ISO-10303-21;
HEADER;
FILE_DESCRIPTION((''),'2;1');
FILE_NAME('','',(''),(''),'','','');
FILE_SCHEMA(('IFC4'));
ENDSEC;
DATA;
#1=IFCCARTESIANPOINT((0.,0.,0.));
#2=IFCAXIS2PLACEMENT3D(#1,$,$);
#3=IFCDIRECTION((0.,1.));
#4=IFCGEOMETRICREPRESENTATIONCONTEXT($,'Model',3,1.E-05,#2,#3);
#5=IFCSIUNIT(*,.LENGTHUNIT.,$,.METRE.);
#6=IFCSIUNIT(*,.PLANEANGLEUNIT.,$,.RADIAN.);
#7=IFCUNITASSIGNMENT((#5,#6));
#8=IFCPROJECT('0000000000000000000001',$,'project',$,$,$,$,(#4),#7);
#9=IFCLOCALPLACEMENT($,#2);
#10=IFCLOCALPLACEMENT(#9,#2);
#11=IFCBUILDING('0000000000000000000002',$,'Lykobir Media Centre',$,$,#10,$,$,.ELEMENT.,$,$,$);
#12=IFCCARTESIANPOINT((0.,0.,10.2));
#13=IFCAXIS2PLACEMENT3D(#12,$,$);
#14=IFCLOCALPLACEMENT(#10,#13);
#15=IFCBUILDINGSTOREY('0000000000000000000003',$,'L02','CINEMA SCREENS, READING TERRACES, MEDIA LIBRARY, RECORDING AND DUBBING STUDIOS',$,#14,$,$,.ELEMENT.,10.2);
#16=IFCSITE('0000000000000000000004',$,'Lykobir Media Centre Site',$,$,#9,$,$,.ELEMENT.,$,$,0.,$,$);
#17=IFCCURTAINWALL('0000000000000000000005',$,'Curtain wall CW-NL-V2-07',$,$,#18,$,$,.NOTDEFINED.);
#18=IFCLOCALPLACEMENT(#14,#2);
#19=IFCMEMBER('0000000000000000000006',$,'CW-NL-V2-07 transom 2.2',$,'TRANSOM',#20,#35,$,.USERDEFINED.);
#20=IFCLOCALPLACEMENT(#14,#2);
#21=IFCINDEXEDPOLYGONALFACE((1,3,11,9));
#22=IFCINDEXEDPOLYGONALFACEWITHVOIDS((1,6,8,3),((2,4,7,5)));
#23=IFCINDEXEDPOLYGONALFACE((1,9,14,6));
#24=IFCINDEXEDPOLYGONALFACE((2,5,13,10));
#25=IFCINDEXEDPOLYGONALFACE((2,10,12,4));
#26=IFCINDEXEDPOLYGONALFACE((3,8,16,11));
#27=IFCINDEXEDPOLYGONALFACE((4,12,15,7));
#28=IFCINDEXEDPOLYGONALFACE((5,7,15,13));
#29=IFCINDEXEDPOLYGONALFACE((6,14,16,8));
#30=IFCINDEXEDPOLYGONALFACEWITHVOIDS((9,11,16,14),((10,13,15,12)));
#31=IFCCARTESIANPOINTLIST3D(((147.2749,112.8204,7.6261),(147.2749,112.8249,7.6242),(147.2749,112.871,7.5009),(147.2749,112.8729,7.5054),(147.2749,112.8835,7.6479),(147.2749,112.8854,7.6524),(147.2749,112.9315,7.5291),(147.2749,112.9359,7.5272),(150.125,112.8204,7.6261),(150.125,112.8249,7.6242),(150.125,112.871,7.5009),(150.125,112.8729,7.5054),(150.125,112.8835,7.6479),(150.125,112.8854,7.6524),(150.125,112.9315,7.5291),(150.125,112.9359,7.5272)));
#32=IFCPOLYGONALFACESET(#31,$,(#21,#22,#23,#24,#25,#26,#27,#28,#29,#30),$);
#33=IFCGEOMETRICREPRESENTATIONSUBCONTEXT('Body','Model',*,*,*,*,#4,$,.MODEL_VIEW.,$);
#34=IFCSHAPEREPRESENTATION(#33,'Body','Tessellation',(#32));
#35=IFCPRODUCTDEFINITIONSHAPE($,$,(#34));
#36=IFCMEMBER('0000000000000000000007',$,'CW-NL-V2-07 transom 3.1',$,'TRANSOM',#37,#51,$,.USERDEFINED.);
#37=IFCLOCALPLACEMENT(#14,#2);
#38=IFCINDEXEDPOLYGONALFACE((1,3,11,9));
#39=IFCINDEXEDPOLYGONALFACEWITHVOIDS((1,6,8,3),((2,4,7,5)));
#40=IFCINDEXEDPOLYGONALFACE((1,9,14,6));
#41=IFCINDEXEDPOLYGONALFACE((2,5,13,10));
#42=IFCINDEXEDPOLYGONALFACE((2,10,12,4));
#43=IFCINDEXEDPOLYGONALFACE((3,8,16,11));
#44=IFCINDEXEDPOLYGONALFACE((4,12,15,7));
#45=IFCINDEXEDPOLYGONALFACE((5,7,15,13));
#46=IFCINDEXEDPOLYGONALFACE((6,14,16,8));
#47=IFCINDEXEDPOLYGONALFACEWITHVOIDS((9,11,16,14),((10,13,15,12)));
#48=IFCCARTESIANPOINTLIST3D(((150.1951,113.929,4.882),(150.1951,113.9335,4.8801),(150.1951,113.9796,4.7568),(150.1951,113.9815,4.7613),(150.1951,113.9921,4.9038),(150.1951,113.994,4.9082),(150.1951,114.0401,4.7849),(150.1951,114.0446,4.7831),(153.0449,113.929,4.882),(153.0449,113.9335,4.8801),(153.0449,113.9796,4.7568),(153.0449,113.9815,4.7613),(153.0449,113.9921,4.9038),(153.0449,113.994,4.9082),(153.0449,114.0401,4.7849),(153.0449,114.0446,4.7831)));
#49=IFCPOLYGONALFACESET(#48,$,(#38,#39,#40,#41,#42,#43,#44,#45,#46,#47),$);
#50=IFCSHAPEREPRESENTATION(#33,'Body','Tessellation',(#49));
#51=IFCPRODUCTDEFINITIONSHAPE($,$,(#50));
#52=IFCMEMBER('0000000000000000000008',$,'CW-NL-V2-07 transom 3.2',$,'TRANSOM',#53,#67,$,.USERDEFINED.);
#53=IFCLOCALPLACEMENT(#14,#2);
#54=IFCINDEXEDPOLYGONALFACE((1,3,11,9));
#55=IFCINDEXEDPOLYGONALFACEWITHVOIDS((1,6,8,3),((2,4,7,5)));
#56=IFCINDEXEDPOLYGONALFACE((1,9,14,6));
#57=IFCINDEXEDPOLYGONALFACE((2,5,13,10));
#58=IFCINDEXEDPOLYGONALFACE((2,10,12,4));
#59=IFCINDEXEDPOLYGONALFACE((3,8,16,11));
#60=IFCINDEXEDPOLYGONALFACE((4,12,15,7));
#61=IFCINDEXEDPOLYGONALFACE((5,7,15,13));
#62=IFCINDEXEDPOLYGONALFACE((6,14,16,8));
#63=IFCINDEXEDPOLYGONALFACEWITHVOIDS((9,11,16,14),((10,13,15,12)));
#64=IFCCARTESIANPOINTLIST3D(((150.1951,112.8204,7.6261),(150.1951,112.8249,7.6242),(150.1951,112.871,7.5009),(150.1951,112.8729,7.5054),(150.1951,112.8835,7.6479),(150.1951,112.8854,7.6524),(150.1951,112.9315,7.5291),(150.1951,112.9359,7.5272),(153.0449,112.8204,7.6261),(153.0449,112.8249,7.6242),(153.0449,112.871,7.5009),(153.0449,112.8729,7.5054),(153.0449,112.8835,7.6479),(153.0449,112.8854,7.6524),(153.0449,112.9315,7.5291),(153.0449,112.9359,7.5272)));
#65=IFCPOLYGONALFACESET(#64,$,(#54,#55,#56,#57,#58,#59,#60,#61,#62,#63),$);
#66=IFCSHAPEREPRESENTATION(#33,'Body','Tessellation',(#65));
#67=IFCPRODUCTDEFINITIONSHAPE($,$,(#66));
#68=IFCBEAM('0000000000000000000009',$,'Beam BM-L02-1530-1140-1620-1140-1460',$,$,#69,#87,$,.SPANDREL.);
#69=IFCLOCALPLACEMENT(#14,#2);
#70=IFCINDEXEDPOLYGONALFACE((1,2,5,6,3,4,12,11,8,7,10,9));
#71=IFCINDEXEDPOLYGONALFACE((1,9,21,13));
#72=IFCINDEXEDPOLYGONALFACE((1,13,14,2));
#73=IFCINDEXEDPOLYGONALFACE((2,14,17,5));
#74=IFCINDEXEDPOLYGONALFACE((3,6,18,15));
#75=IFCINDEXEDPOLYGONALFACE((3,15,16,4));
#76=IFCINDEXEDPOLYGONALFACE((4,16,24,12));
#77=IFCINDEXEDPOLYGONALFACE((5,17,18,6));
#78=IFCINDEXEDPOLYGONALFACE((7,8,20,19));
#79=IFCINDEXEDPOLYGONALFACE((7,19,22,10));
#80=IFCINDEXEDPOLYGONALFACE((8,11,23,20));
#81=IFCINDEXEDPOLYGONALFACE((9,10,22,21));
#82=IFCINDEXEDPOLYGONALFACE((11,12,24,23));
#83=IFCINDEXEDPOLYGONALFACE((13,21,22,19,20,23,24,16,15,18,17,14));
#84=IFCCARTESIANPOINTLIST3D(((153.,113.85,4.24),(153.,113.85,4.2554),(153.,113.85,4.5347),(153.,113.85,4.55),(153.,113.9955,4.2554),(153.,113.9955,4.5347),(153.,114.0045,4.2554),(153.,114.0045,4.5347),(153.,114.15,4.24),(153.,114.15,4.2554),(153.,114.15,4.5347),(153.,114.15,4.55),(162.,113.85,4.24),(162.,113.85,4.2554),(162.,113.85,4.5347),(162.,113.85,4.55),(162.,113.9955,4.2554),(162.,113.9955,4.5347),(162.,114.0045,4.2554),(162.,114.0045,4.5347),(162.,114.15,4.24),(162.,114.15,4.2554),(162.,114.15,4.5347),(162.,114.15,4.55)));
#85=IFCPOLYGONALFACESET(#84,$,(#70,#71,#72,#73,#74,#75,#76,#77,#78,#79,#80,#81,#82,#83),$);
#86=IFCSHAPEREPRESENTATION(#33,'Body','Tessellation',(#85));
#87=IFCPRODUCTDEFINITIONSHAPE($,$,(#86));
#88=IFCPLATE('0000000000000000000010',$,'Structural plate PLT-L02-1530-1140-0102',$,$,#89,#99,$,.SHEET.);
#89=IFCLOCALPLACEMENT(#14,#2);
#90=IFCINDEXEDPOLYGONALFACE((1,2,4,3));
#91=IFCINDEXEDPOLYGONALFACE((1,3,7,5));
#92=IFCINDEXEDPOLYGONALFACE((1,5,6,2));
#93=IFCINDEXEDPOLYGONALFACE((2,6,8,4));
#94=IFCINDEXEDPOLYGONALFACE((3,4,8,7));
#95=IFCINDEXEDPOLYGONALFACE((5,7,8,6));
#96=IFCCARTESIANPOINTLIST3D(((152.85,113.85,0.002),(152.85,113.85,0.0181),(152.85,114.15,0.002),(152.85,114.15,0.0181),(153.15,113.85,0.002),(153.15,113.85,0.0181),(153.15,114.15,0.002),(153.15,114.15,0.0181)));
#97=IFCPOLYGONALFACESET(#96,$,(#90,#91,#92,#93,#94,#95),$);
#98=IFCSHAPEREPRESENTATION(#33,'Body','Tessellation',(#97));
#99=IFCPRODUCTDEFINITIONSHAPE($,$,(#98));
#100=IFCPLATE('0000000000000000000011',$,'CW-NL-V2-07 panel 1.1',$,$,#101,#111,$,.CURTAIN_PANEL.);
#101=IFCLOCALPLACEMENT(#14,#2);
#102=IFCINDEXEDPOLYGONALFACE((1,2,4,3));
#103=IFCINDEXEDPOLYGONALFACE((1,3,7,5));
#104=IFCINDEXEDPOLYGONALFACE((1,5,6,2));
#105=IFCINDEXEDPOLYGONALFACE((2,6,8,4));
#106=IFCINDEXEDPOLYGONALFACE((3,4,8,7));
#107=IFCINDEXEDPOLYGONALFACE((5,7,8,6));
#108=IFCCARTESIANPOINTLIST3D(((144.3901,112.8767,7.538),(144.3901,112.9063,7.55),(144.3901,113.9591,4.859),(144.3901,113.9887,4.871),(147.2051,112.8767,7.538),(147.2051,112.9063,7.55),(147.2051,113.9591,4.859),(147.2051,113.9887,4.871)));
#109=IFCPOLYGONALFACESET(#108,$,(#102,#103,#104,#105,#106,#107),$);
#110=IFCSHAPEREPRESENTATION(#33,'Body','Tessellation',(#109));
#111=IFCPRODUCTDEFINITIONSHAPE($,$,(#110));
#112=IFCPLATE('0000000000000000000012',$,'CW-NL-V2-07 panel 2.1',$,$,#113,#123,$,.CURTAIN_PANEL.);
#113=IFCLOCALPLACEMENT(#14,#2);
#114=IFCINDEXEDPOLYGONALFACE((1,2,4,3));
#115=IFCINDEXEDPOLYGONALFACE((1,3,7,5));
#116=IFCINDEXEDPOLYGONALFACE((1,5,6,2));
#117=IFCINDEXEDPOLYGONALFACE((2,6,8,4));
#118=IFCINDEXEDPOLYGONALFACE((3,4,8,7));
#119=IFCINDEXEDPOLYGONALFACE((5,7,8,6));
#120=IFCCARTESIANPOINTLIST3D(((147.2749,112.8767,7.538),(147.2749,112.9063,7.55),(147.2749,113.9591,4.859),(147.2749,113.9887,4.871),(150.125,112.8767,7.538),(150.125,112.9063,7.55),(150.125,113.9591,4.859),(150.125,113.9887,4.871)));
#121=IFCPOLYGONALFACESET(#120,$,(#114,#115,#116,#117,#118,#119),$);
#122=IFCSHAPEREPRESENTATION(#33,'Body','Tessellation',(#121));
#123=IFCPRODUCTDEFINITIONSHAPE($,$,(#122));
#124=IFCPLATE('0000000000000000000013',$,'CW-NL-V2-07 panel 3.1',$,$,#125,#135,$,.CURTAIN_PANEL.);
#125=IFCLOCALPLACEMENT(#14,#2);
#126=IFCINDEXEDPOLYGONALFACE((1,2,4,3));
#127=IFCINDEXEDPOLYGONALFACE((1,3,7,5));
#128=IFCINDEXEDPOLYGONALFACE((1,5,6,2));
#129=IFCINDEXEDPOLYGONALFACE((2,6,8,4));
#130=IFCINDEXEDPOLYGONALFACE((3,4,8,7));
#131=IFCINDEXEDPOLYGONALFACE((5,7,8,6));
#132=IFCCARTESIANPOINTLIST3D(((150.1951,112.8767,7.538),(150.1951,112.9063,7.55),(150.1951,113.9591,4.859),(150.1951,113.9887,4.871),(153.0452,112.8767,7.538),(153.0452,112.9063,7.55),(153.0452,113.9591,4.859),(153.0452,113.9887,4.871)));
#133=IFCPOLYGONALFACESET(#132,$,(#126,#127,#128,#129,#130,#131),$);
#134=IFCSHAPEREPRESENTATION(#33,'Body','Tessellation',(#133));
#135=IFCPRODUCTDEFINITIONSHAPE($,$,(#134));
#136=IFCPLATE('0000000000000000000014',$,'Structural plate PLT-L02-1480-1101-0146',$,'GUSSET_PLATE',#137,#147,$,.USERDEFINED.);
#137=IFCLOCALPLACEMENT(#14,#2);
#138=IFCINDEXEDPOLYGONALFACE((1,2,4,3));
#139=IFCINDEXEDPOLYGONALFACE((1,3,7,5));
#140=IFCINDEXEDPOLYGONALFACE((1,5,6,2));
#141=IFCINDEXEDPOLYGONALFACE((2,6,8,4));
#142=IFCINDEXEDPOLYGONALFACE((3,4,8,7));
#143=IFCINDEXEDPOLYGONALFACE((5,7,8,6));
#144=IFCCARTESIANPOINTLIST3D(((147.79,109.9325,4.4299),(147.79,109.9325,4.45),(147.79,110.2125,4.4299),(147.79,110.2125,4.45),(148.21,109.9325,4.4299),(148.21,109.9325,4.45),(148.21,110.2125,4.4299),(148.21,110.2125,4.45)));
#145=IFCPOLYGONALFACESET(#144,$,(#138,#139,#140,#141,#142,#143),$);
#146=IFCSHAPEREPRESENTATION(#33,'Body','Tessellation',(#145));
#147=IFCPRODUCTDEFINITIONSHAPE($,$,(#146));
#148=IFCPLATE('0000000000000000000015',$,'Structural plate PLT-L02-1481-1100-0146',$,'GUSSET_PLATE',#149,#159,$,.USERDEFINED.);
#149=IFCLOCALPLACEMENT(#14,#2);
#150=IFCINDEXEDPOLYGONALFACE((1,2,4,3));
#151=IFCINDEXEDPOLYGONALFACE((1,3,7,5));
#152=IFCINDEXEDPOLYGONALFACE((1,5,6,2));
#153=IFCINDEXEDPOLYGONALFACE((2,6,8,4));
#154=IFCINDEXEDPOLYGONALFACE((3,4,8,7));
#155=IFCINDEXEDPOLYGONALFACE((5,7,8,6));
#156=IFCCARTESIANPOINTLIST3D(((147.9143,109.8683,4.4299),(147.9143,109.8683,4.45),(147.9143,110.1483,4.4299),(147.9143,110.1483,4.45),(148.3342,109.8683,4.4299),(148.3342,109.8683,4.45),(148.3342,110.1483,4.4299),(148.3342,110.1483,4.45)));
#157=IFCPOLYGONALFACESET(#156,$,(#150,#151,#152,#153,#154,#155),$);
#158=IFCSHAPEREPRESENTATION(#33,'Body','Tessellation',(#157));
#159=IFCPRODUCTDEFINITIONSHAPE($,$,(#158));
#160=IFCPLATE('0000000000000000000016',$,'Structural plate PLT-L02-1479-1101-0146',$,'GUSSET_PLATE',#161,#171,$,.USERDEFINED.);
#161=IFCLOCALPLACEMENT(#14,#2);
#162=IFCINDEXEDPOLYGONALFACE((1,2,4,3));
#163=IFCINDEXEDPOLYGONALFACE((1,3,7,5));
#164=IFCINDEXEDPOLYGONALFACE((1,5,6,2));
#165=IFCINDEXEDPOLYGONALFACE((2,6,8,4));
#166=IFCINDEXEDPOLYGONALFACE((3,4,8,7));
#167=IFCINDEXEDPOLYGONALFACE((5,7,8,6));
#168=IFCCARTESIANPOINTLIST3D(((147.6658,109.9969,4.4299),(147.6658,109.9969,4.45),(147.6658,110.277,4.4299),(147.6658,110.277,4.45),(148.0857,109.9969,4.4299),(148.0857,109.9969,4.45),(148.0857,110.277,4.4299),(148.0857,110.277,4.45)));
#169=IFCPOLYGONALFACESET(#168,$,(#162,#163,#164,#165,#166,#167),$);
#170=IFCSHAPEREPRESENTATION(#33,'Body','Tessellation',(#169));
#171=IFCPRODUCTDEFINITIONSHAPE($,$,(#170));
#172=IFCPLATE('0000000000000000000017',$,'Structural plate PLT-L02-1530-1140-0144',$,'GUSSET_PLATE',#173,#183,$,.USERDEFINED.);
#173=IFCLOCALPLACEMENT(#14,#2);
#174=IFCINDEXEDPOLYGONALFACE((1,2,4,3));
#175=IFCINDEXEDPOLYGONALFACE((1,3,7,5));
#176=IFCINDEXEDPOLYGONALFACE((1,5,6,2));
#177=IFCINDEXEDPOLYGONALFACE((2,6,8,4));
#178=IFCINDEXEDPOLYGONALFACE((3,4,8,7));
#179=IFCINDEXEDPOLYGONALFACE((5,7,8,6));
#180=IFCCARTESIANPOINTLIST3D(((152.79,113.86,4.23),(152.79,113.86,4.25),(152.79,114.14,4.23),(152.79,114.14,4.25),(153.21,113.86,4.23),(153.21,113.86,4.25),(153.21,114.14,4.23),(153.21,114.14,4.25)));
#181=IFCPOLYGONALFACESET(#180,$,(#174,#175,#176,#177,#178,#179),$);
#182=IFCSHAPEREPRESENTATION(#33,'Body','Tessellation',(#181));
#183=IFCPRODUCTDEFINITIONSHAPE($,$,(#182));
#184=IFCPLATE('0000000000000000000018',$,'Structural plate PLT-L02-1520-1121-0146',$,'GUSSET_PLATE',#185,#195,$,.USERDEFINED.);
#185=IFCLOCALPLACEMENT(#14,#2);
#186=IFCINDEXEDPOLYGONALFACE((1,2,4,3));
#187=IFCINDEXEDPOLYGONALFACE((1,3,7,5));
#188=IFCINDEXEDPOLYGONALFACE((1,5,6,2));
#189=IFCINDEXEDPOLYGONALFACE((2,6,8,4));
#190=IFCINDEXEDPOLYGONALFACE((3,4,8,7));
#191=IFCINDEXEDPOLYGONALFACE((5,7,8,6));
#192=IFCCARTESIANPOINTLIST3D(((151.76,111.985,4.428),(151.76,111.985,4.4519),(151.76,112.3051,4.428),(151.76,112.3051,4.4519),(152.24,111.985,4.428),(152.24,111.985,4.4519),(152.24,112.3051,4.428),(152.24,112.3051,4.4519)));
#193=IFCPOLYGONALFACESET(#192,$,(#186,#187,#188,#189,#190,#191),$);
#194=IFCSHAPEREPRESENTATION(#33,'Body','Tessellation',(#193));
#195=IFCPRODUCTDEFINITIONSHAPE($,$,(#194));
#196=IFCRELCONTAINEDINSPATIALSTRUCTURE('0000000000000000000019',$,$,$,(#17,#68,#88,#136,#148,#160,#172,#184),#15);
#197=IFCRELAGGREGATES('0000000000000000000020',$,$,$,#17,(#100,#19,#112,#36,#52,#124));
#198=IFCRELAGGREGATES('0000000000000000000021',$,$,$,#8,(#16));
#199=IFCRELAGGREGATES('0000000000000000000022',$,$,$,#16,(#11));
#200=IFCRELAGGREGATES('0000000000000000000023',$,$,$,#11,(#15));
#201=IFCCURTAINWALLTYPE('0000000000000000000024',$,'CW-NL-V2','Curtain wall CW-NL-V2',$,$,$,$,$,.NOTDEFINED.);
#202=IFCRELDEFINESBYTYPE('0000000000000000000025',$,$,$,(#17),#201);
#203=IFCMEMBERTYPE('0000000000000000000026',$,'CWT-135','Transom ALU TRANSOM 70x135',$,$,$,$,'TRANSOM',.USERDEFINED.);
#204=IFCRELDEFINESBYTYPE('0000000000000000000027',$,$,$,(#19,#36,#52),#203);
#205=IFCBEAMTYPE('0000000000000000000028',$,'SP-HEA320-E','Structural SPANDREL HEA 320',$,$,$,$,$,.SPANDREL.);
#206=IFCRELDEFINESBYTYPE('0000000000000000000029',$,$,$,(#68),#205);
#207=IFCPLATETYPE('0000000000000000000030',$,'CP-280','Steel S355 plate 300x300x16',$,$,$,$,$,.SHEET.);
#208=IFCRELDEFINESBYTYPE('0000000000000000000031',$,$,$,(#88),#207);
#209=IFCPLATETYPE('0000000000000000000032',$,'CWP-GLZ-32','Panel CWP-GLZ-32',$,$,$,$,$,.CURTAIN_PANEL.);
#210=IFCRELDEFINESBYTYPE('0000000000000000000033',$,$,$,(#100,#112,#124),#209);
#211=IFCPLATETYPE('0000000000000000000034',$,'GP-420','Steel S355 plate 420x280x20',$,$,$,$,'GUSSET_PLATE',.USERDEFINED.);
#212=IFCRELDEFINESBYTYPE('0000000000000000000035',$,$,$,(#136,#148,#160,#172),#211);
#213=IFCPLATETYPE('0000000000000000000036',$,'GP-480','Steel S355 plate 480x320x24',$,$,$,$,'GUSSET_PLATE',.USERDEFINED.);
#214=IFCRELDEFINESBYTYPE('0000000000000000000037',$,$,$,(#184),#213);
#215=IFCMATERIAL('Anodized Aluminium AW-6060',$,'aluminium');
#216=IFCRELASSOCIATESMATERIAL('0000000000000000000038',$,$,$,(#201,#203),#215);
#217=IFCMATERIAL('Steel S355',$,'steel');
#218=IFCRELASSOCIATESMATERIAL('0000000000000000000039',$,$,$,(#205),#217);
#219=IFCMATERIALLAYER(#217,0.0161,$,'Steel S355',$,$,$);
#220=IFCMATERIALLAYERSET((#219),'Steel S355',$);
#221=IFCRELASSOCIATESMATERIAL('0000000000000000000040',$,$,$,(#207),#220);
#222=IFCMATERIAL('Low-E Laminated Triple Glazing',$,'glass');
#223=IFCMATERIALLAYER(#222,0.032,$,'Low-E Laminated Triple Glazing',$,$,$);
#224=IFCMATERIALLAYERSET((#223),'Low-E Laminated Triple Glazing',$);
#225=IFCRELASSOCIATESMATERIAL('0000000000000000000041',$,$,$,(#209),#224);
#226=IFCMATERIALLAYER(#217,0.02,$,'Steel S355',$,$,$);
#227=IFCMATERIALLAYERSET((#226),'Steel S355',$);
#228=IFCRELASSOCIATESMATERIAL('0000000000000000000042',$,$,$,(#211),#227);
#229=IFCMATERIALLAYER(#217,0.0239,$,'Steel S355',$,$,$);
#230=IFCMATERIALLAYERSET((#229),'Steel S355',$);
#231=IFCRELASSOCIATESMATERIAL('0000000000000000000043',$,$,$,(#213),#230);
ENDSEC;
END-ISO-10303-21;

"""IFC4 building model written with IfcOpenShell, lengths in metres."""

from ifc_helpers import new_model, si_unit, direction, frame, origin, origin_2d, place, context, subcontext, project, spatial, rectangle, hollow_rectangle, i_section, extrude, material, layer, layer_set, material_profile, profile_set, type_object, element, aggregate, save


model = new_model("IFC4")

# Units and contexts
model_context = context("Model", 3, precision=1e-05, world=origin(), true_north=direction((0.0, 1.0)))
body_context = subcontext(model_context, "Body", "Model", "MODEL_VIEW")
ifc_project = project(units=[si_unit("LENGTHUNIT", "METRE"), si_unit("PLANEANGLEUNIT", "RADIAN")], contexts=[model_context])

# Site, building, storey
site_placement = place(None, origin())
site = spatial("IfcSite", under=ifc_project, at=site_placement, Name="Lykobir Media Centre Site", CompositionType="ELEMENT", RefElevation=0.0)
building_placement = place(site_placement, origin())
building = spatial("IfcBuilding", under=site, at=building_placement, Name="Lykobir Media Centre", CompositionType="ELEMENT")
storey_placement = place(building_placement, frame((0.0, 0.0, 10.2)))
storey = spatial("IfcBuildingStorey", under=building, at=storey_placement, Name="L02", Description="CINEMA SCREENS, READING TERRACES, MEDIA LIBRARY, RECORDING AND DUBBING STUDIOS", CompositionType="ELEMENT", Elevation=10.2)

# Shared definitions
ifc_material_1 = material(Name="Steel S355", Category="steel")

# Curtain wall, members
ifc_material_2 = material(Name="Anodized Aluminium AW-6060", Category="aluminium")
curtain_wall_type = type_object("IfcCurtainWallType", Name="CW-NL-V2", Description="Curtain wall CW-NL-V2", PredefinedType="NOTDEFINED", material=ifc_material_2)
curtain_wall_placement = place(storey_placement, origin())
curtain_wall = element("IfcCurtainWall", 1, at=curtain_wall_placement, inside=storey, type_object=curtain_wall_type, Name="Curtain wall CW-NL-V2-07", PredefinedType="NOTDEFINED")
ifc_material_profile_1 = material_profile(ifc_material_2, hollow_rectangle(XDim=0.0701, YDim=0.135, WallThickness=0.0034, at=origin_2d()), Name="ALU TRANSOM 70x135")
ifc_profile_set_1 = profile_set([ifc_material_profile_1], Name="Anodized Aluminium AW-6060")
member_type_1 = type_object("IfcMemberType", Name="CWT-135", Description="Transom ALU TRANSOM 70x135", ElementType="TRANSOM", PredefinedType="USERDEFINED", material=ifc_profile_set_1)
member_1_placement = place(storey_placement, frame((147.2749, 112.8782, 7.5767), z_axis=(1.0, 0.0, 0.0), x_axis=(0.0, 0.927184, 0.374607)))
member_1 = element("IfcMember", 2, at=member_1_placement, type_object=member_type_1, Name="CW-NL-V2-07 transom 2.2", ObjectType="TRANSOM", PredefinedType="USERDEFINED", context=body_context, shape_type="SweptSolid", body=[
    extrude(hollow_rectangle(XDim=0.0701, YDim=0.135, WallThickness=0.0034, at=origin_2d()), origin(), (0.0, 0.0, 1.0), 2.8501),
])
member_2_placement = place(storey_placement, frame((150.1951, 113.9868, 4.8325), z_axis=(1.0, 0.0, 0.0), x_axis=(0.0, 0.927184, 0.374607)))
member_2 = element("IfcMember", 3, at=member_2_placement, type_object=member_type_1, Name="CW-NL-V2-07 transom 3.1", ObjectType="TRANSOM", PredefinedType="USERDEFINED", context=body_context, shape_type="SweptSolid", body=[
    extrude(hollow_rectangle(XDim=0.0701, YDim=0.135, WallThickness=0.0034, at=origin_2d()), origin(), (0.0, 0.0, 1.0), 2.8499),
])
member_3_placement = place(storey_placement, frame((150.1951, 112.8782, 7.5767), z_axis=(1.0, 0.0, 0.0), x_axis=(0.0, 0.927184, 0.374607)))
member_3 = element("IfcMember", 4, at=member_3_placement, type_object=member_type_1, Name="CW-NL-V2-07 transom 3.2", ObjectType="TRANSOM", PredefinedType="USERDEFINED", context=body_context, shape_type="SweptSolid", body=[
    extrude(hollow_rectangle(XDim=0.0701, YDim=0.135, WallThickness=0.0034, at=origin_2d()), origin(), (0.0, 0.0, 1.0), 2.8499),
])

# Beam
ifc_material_profile_2 = material_profile(ifc_material_1, i_section(OverallWidth=0.3, OverallDepth=0.3101, WebThickness=0.009, FlangeThickness=0.0154, at=origin_2d()), Name="HEA 320")
ifc_profile_set_2 = profile_set([ifc_material_profile_2], Name="Steel S355")
beam_type = type_object("IfcBeamType", Name="SP-HEA320-E", Description="Structural SPANDREL HEA 320", PredefinedType="SPANDREL", material=ifc_profile_set_2)
beam_placement = place(storey_placement, frame((153.0, 114.0, 4.395), z_axis=(1.0, 0.0, 0.0), x_axis=(0.0, 1.0, 0.0)))
element("IfcBeam", 5, at=beam_placement, inside=storey, type_object=beam_type, Name="Beam BM-L02-1530-1140-1620-1140-1460", PredefinedType="SPANDREL", context=body_context, shape_type="SweptSolid", body=[
    extrude(i_section(OverallWidth=0.3, OverallDepth=0.3101, WebThickness=0.009, FlangeThickness=0.0154, at=origin_2d()), origin(), (0.0, 0.0, 1.0), 9.0),
])

# Plates
ifc_layer_1 = layer(ifc_material_1, 0.0161, Name="Steel S355")
ifc_layer_set_1 = layer_set([ifc_layer_1], Name="Steel S355")
plate_type_1 = type_object("IfcPlateType", Name="CP-280", Description="Steel S355 plate 300x300x16", PredefinedType="SHEET", material=ifc_layer_set_1)
plate_1_placement = place(storey_placement, frame((153.0, 114.0, 0.002), z_axis=(0.0, 0.0, 1.0), x_axis=(1.0, 0.0, 0.0)))
element("IfcPlate", 6, at=plate_1_placement, inside=storey, type_object=plate_type_1, Name="Structural plate PLT-L02-1530-1140-0102", PredefinedType="SHEET", context=body_context, shape_type="SweptSolid", body=[
    extrude(rectangle(XDim=0.3, YDim=0.3, at=origin_2d()), origin(), (0.0, 0.0, 1.0), 0.0161),
])
ifc_material_3 = material(Name="Low-E Laminated Triple Glazing", Category="glass")
ifc_layer_2 = layer(ifc_material_3, 0.032, Name="Low-E Laminated Triple Glazing")
ifc_layer_set_2 = layer_set([ifc_layer_2], Name="Low-E Laminated Triple Glazing")
plate_type_2 = type_object("IfcPlateType", Name="CWP-GLZ-32", Description="Panel CWP-GLZ-32", PredefinedType="CURTAIN_PANEL", material=ifc_layer_set_2)
plate_2_placement = place(storey_placement, frame((145.7976, 113.9739, 4.865), z_axis=(0.0, -0.374607, 0.927184), x_axis=(1.0, 0.0, 0.0)))
plate_2 = element("IfcPlate", 7, at=plate_2_placement, type_object=plate_type_2, Name="CW-NL-V2-07 panel 1.1", PredefinedType="CURTAIN_PANEL", context=body_context, shape_type="SweptSolid", body=[
    extrude(rectangle(XDim=2.8149, YDim=0.032, at=origin_2d()), origin(), (0.0, 0.0, 1.0), 2.8894),
])
plate_3_placement = place(storey_placement, frame((148.7, 113.9739, 4.865), z_axis=(0.0, -0.374607, 0.927184), x_axis=(1.0, 0.0, 0.0)))
plate_3 = element("IfcPlate", 8, at=plate_3_placement, type_object=plate_type_2, Name="CW-NL-V2-07 panel 2.1", PredefinedType="CURTAIN_PANEL", context=body_context, shape_type="SweptSolid", body=[
    extrude(rectangle(XDim=2.8501, YDim=0.032, at=origin_2d()), origin(), (0.0, 0.0, 1.0), 2.8894),
])
plate_4_placement = place(storey_placement, frame((151.6201, 113.9739, 4.865), z_axis=(0.0, -0.374607, 0.927184), x_axis=(1.0, 0.0, 0.0)))
plate_4 = element("IfcPlate", 9, at=plate_4_placement, type_object=plate_type_2, Name="CW-NL-V2-07 panel 3.1", PredefinedType="CURTAIN_PANEL", context=body_context, shape_type="SweptSolid", body=[
    extrude(rectangle(XDim=2.8501, YDim=0.032, at=origin_2d()), origin(), (0.0, 0.0, 1.0), 2.8894),
])
aggregate(curtain_wall, [plate_2, member_1, plate_3, member_2, member_3, plate_4])

# Plates
ifc_layer_3 = layer(ifc_material_1, 0.02, Name="Steel S355")
ifc_layer_set_3 = layer_set([ifc_layer_3], Name="Steel S355")
plate_type_3 = type_object("IfcPlateType", Name="GP-420", Description="Steel S355 plate 420x280x20", ElementType="GUSSET_PLATE", PredefinedType="USERDEFINED", material=ifc_layer_set_3)
for number, where, z_axis, x_axis, name in (
    (10, (148.0, 110.0725, 4.4299), (0.0, 0.0, 1.0), (1.0, 0.0, 0.0), "Structural plate PLT-L02-1480-1101-0146"),
    (11, (148.1243, 110.0083, 4.4299), (0.0, 0.0, 1.0), (1.0, 0.0, 0.0), "Structural plate PLT-L02-1481-1100-0146"),
    (12, (147.8757, 110.137, 4.4299), (0.0, 0.0, 1.0), (1.0, 0.0, 0.0), "Structural plate PLT-L02-1479-1101-0146"),
    (13, (153.0, 114.0, 4.23), (0.0, 0.0, 1.0), (1.0, 0.0, 0.0), "Structural plate PLT-L02-1530-1140-0144"),
):
    element("IfcPlate", number, at=place(storey_placement, frame(where, z_axis=z_axis, x_axis=x_axis)), inside=storey, type_object=plate_type_3, Name=name, ObjectType="GUSSET_PLATE", PredefinedType="USERDEFINED", context=body_context, shape_type="SweptSolid", body=[
        extrude(rectangle(XDim=0.4199, YDim=0.28, at=origin_2d()), origin(), (0.0, 0.0, 1.0), 0.02),
    ])
ifc_layer_4 = layer(ifc_material_1, 0.0239, Name="Steel S355")
ifc_layer_set_4 = layer_set([ifc_layer_4], Name="Steel S355")
plate_type_4 = type_object("IfcPlateType", Name="GP-480", Description="Steel S355 plate 480x320x24", ElementType="GUSSET_PLATE", PredefinedType="USERDEFINED", material=ifc_layer_set_4)
plate_5_placement = place(storey_placement, frame((152.0, 112.145, 4.428), z_axis=(0.0, 0.0, 1.0), x_axis=(1.0, 0.0, 0.0)))
element("IfcPlate", 14, at=plate_5_placement, inside=storey, type_object=plate_type_4, Name="Structural plate PLT-L02-1520-1121-0146", ObjectType="GUSSET_PLATE", PredefinedType="USERDEFINED", context=body_context, shape_type="SweptSolid", body=[
    extrude(rectangle(XDim=0.48, YDim=0.3201, at=origin_2d()), origin(), (0.0, 0.0, 1.0), 0.0239),
])

save(model, "model.ifc")
